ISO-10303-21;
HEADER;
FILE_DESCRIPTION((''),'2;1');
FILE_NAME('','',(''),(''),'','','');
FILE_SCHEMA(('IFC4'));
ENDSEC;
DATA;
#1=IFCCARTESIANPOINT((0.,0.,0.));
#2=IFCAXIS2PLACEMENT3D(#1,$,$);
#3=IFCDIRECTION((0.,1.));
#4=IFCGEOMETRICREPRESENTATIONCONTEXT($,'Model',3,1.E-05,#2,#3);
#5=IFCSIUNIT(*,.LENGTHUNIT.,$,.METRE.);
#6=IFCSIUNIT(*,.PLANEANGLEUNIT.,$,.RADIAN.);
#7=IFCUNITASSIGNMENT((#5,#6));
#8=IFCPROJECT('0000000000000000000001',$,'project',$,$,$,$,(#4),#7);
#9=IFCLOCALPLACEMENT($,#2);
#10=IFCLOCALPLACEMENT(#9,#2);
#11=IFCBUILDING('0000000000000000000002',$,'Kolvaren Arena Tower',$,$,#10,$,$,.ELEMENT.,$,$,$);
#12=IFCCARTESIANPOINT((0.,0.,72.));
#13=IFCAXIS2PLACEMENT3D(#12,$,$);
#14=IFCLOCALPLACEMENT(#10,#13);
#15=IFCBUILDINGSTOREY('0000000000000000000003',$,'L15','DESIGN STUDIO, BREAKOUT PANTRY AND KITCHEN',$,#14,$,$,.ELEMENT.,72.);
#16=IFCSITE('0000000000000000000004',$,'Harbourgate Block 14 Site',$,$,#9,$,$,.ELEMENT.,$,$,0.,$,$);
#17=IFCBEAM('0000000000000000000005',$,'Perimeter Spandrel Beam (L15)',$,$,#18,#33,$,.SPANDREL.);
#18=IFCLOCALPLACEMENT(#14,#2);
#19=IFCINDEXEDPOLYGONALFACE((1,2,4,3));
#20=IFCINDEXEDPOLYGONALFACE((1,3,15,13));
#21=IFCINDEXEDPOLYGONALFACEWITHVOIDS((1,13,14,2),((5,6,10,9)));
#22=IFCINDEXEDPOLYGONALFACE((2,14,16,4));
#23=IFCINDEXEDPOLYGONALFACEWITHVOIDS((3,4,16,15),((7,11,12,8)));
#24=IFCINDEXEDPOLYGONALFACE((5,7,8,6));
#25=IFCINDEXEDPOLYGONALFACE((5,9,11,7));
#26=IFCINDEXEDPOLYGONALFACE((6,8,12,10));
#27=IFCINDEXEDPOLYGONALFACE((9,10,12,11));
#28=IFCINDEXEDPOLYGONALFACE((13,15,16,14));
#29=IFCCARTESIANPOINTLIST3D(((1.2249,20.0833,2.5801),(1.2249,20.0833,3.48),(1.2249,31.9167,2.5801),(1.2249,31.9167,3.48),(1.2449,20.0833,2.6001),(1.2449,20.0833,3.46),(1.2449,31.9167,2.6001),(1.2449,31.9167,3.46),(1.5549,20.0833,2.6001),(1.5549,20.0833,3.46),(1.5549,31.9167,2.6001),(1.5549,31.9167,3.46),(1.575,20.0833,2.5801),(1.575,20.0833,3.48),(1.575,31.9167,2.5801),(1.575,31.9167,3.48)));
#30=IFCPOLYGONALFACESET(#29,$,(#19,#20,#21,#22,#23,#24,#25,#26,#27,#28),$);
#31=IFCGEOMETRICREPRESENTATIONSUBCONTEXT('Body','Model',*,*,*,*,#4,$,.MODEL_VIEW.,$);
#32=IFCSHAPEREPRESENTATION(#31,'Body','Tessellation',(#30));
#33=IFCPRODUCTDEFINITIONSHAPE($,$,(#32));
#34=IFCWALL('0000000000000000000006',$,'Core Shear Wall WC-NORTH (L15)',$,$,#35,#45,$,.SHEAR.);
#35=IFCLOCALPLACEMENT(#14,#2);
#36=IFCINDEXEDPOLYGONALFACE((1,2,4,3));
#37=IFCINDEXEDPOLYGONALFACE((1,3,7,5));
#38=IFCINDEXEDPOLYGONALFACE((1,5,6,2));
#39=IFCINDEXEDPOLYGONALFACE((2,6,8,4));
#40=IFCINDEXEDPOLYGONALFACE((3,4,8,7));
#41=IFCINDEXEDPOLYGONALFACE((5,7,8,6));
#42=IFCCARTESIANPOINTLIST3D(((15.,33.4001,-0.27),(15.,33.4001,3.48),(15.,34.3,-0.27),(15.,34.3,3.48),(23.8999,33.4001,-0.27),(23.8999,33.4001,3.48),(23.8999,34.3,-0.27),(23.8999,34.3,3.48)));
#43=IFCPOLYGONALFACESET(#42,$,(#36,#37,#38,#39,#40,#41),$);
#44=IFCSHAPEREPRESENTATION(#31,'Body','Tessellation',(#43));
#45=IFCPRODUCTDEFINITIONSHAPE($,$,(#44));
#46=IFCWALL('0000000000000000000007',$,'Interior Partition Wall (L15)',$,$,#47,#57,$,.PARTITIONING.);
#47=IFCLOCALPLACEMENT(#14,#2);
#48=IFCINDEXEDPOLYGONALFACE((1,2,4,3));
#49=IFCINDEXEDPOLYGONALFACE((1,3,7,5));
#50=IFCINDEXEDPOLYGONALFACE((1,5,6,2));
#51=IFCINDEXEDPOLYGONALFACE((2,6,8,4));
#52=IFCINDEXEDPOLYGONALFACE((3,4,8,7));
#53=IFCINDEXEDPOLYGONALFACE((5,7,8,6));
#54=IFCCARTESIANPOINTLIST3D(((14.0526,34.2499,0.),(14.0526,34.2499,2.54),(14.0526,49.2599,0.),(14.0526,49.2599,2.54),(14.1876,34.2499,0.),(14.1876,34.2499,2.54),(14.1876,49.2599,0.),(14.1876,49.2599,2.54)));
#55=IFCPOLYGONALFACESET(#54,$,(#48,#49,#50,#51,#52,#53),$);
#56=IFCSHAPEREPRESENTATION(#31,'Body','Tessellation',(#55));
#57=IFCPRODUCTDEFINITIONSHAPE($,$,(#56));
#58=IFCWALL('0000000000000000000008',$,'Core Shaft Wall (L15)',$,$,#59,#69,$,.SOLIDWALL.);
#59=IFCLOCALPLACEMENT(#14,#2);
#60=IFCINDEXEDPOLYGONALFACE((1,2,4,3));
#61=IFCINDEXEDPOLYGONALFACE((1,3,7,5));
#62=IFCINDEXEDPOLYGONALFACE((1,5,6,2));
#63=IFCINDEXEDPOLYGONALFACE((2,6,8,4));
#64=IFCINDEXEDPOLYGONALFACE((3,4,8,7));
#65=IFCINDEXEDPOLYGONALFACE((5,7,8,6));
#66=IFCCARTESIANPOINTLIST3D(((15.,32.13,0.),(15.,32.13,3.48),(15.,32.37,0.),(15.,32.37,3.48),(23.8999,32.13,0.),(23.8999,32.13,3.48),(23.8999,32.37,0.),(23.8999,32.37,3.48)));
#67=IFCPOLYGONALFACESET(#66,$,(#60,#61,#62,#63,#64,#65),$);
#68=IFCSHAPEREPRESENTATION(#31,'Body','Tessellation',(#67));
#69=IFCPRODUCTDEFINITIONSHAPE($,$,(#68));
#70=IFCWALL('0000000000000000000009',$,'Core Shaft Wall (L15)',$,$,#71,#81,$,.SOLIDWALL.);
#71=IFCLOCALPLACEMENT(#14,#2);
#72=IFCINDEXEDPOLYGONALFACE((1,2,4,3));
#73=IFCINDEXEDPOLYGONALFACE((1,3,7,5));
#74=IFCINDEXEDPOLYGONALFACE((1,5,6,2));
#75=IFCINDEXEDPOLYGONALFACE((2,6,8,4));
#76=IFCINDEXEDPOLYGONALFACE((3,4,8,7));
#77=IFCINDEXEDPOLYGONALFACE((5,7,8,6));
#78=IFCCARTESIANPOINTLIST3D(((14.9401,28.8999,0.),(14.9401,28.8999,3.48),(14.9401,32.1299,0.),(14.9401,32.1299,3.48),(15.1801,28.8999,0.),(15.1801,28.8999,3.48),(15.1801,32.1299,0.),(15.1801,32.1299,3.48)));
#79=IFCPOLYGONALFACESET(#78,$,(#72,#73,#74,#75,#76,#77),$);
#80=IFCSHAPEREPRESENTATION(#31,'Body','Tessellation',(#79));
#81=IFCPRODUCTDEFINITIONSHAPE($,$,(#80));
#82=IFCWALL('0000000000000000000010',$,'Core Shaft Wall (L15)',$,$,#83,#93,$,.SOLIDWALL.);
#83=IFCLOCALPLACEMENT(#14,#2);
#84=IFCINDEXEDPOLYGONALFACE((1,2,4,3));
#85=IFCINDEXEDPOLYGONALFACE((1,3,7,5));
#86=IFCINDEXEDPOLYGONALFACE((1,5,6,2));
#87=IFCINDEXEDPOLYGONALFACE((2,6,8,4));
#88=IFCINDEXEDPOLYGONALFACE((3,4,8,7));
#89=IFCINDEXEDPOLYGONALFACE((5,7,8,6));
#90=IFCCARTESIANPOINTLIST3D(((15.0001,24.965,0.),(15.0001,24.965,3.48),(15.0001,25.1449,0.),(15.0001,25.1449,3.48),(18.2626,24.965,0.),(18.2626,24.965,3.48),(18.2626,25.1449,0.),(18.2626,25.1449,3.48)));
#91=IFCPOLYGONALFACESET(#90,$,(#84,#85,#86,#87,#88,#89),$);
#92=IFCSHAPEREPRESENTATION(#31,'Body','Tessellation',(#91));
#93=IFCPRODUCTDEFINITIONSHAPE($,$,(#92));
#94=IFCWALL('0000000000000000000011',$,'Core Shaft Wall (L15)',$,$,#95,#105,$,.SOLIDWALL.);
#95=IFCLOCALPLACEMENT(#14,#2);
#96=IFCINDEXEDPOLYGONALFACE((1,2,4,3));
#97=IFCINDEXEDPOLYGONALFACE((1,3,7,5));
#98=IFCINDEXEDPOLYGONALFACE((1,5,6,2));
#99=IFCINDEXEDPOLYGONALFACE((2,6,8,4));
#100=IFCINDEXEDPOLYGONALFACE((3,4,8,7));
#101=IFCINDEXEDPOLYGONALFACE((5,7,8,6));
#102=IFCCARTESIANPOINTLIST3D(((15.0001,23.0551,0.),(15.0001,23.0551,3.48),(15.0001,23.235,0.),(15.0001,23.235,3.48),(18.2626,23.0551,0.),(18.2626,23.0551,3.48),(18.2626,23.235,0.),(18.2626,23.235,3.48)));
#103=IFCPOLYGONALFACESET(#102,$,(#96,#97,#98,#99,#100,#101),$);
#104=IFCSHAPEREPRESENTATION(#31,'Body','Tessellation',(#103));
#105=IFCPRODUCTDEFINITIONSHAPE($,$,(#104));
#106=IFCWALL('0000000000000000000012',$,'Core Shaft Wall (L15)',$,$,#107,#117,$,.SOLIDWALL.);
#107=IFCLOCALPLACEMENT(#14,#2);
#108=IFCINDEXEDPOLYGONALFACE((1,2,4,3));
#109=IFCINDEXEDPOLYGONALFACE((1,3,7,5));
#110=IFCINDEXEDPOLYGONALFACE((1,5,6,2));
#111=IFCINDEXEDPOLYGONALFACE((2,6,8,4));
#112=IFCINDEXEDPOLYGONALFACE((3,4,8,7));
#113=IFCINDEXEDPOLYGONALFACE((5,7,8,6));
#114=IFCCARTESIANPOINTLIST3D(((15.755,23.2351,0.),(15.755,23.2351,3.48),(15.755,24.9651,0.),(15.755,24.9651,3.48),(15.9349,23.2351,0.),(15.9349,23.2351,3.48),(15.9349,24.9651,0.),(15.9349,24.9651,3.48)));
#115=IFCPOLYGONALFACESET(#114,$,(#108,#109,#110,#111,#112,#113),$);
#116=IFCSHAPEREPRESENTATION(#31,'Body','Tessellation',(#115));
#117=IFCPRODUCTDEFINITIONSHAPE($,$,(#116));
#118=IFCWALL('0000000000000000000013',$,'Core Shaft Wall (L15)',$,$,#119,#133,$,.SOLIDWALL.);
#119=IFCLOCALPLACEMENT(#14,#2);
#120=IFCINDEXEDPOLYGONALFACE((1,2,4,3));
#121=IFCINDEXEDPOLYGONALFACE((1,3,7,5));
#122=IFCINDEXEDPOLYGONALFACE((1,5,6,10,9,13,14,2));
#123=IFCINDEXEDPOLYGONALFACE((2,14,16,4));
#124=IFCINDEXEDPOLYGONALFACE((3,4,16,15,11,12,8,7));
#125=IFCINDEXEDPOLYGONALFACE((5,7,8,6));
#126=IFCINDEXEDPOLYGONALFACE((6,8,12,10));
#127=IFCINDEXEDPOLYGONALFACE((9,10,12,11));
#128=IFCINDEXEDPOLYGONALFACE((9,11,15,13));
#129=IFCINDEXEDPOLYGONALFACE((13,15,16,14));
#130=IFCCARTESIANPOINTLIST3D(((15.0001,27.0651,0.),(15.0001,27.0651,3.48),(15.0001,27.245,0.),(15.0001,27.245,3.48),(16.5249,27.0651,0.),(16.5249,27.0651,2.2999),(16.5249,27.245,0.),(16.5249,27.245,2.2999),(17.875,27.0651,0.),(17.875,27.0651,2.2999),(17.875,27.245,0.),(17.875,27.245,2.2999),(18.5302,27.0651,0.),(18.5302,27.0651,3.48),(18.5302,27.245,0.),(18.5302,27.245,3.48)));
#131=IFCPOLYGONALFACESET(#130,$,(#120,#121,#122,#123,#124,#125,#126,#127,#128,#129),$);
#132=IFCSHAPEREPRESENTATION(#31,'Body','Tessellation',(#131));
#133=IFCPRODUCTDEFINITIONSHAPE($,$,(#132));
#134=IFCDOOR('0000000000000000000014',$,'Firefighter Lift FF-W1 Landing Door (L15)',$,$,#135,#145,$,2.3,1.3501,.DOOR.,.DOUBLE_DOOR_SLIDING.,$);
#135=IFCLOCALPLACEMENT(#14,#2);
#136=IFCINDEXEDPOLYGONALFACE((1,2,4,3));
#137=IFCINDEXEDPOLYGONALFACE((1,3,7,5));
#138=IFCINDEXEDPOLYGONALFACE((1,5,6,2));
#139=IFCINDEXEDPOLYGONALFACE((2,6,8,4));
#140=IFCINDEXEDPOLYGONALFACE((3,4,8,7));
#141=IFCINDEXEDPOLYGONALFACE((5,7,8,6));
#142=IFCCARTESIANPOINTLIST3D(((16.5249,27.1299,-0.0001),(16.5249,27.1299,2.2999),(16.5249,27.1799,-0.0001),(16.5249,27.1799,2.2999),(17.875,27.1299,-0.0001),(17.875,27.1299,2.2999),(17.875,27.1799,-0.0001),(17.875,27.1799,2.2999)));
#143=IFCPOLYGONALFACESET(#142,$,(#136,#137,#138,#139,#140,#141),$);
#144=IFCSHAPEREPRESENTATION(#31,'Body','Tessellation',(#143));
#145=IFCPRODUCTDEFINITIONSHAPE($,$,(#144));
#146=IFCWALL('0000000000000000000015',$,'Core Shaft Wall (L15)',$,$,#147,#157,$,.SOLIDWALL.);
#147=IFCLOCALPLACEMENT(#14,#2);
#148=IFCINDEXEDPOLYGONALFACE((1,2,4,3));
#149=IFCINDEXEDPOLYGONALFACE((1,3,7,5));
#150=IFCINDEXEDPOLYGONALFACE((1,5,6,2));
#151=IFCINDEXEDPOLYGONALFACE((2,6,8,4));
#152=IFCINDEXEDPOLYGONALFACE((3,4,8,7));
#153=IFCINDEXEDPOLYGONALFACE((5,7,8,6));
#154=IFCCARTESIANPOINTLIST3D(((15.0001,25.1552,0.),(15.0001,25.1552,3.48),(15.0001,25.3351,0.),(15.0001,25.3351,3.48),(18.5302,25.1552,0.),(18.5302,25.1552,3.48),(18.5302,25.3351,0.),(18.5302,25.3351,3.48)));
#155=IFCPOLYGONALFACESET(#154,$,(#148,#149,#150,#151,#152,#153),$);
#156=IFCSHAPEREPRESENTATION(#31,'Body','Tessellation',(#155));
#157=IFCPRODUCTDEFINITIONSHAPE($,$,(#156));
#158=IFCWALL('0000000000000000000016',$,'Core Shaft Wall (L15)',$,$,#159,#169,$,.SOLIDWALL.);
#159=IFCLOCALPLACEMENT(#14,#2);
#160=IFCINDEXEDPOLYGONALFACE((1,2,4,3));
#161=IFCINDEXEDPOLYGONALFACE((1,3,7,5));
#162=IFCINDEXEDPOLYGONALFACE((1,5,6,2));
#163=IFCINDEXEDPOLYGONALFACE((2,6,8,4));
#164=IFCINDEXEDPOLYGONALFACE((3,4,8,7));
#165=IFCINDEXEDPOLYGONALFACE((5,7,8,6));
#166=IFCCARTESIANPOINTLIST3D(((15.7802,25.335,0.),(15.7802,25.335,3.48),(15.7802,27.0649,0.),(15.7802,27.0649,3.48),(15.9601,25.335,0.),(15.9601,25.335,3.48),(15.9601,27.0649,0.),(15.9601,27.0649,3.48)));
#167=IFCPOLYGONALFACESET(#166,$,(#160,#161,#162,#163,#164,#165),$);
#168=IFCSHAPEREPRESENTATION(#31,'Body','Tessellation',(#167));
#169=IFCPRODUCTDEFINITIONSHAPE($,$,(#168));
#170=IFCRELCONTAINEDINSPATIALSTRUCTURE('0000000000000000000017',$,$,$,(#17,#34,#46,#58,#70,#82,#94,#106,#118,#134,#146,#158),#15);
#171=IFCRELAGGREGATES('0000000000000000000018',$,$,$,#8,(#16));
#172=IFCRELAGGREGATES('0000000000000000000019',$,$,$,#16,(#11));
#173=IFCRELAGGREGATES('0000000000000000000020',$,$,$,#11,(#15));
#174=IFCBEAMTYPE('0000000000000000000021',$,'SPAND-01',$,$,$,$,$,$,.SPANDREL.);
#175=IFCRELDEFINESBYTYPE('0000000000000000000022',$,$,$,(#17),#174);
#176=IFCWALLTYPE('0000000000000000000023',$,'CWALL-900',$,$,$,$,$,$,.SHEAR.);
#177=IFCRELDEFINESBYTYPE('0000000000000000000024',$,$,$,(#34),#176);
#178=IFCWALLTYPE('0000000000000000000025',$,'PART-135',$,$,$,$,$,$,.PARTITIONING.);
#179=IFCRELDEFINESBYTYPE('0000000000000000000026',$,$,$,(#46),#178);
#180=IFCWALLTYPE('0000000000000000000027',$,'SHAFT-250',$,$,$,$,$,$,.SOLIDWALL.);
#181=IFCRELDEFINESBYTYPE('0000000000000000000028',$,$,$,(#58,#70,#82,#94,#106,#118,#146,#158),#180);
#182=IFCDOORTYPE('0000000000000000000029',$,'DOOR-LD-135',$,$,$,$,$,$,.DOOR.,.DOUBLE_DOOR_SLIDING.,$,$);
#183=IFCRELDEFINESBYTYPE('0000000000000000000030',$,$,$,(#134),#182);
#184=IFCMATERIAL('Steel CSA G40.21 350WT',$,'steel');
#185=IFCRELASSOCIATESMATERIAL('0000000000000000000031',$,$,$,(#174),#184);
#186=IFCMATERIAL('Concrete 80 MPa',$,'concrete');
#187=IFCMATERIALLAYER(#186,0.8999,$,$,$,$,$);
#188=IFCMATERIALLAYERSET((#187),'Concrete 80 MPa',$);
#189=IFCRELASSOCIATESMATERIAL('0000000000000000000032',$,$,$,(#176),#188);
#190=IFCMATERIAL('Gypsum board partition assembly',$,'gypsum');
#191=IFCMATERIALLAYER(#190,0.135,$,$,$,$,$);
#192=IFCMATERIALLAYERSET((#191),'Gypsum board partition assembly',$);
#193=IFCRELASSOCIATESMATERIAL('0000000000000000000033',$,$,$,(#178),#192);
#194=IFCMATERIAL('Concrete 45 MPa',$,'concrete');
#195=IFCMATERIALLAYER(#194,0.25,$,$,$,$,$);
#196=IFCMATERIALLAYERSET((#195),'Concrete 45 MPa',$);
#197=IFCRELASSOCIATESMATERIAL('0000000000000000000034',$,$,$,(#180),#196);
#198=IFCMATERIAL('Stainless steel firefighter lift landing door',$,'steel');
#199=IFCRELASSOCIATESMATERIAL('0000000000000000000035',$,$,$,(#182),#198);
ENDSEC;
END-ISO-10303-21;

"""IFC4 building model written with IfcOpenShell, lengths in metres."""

from ifc_helpers import new_model, si_unit, direction, frame, frame_2d, origin, origin_2d, place, context, subcontext, project, spatial, rectangle, hollow_rectangle, extrude, material, layer, layer_set, material_profile, profile_set, type_object, element, fill, save


model = new_model("IFC4")

# Units and contexts
model_context = context("Model", 3, precision=1e-05, world=origin(), true_north=direction((0.0, 1.0)))
body_context = subcontext(model_context, "Body", "Model", "MODEL_VIEW")
ifc_project = project(units=[si_unit("LENGTHUNIT", "METRE"), si_unit("PLANEANGLEUNIT", "RADIAN")], contexts=[model_context])

# Site, building, storey
site_placement = place(None, origin())
site = spatial("IfcSite", under=ifc_project, at=site_placement, Name="Harbourgate Block 14 Site", CompositionType="ELEMENT", RefElevation=0.0)
building_placement = place(site_placement, origin())
building = spatial("IfcBuilding", under=site, at=building_placement, Name="Kolvaren Arena Tower", CompositionType="ELEMENT")
storey_placement = place(building_placement, frame((0.0, 0.0, 72.0)))
storey = spatial("IfcBuildingStorey", under=building, at=storey_placement, Name="L15", Description="DESIGN STUDIO, BREAKOUT PANTRY AND KITCHEN", CompositionType="ELEMENT", Elevation=72.0)

# Beam
ifc_material_1 = material(Name="Steel CSA G40.21 350WT", Category="steel")
ifc_material_profile_1 = material_profile(ifc_material_1, hollow_rectangle(XDim=0.3501, YDim=0.8999, WallThickness=0.02, at=origin_2d()), Name="HSS 900x350x20")
ifc_profile_set_1 = profile_set([ifc_material_profile_1], Name="Steel CSA G40.21 350WT")
beam_type_1 = type_object("IfcBeamType", Name="SPAND-01", PredefinedType="SPANDREL", material=ifc_profile_set_1)
beam_1_placement = place(storey_placement, frame((1.3999, 31.9167, 3.03), z_axis=(0.0, -1.0, 0.0), x_axis=(1.0, 0.0, 0.0)))
element("IfcBeam", 1, at=beam_1_placement, inside=storey, type_object=beam_type_1, Name="Perimeter Spandrel Beam (L15)", PredefinedType="SPANDREL", context=body_context, shape_type="SweptSolid", body=[
    extrude(hollow_rectangle(XDim=0.3501, YDim=0.8999, WallThickness=0.02, at=origin_2d()), origin(), (0.0, 0.0, 1.0), 11.8335),
])

# Walls
ifc_material_2 = material(Name="Concrete 80 MPa", Category="concrete")
ifc_layer_1 = layer(ifc_material_2, 0.8999)
ifc_layer_set_1 = layer_set([ifc_layer_1], Name="Concrete 80 MPa")
wall_type_1 = type_object("IfcWallType", Name="CWALL-900", PredefinedType="SHEAR", material=ifc_layer_set_1)
wall_1_placement = place(storey_placement, frame((15.0, 33.8501, -0.27), z_axis=(0.0, 0.0, 1.0), x_axis=(1.0, 0.0, 0.0)))
element("IfcWall", 2, at=wall_1_placement, inside=storey, type_object=wall_type_1, Name="Core Shear Wall WC-NORTH (L15)", PredefinedType="SHEAR", context=body_context, shape_type="SweptSolid", body=[
    extrude(rectangle(XDim=8.8999, YDim=0.8999, at=frame_2d((4.45, 0.0))), origin(), (0.0, 0.0, 1.0), 3.75),
])
ifc_material_3 = material(Name="Gypsum board partition assembly", Category="gypsum")
ifc_layer_2 = layer(ifc_material_3, 0.135)
ifc_layer_set_2 = layer_set([ifc_layer_2], Name="Gypsum board partition assembly")
wall_type_2 = type_object("IfcWallType", Name="PART-135", PredefinedType="PARTITIONING", material=ifc_layer_set_2)
wall_2_placement = place(storey_placement, frame((14.1201, 34.25, 0.0), z_axis=(0.0, 0.0, 1.0), x_axis=(0.0, 1.0, 0.0)))
element("IfcWall", 3, at=wall_2_placement, inside=storey, type_object=wall_type_2, Name="Interior Partition Wall (L15)", PredefinedType="PARTITIONING", context=body_context, shape_type="SweptSolid", body=[
    extrude(rectangle(XDim=15.01, YDim=0.135, at=frame_2d((7.5049, 0.0))), origin(), (0.0, 0.0, 1.0), 2.54),
])
ifc_material_4 = material(Name="Concrete 45 MPa", Category="concrete")
ifc_layer_3 = layer(ifc_material_4, 0.25)
ifc_layer_set_3 = layer_set([ifc_layer_3], Name="Concrete 45 MPa")
wall_type_3 = type_object("IfcWallType", Name="SHAFT-250", PredefinedType="SOLIDWALL", material=ifc_layer_set_3)
wall_3_placement = place(storey_placement, frame((15.0, 32.25, 0.0), z_axis=(0.0, 0.0, 1.0), x_axis=(1.0, 0.0, 0.0)))
element("IfcWall", 4, at=wall_3_placement, inside=storey, type_object=wall_type_3, Name="Core Shaft Wall (L15)", PredefinedType="SOLIDWALL", context=body_context, shape_type="SweptSolid", body=[
    extrude(rectangle(XDim=8.8999, YDim=0.24, at=frame_2d((4.45, 0.0))), origin(), (0.0, 0.0, 1.0), 3.48),
])
wall_4_placement = place(storey_placement, frame((15.0601, 28.8999, 0.0), z_axis=(0.0, 0.0, 1.0), x_axis=(0.0, 1.0, 0.0)))
element("IfcWall", 5, at=wall_4_placement, inside=storey, type_object=wall_type_3, Name="Core Shaft Wall (L15)", PredefinedType="SOLIDWALL", context=body_context, shape_type="SweptSolid", body=[
    extrude(rectangle(XDim=3.23, YDim=0.24, at=frame_2d((1.615, 0.0))), origin(), (0.0, 0.0, 1.0), 3.48),
])
for number, where, z_axis, x_axis, name in (
    (6, (15.0, 25.0549, 0.0), (0.0, 0.0, 1.0), (1.0, 0.0, 0.0), "Core Shaft Wall (L15)"),
    (7, (15.0, 23.145, 0.0), (0.0, 0.0, 1.0), (1.0, 0.0, 0.0), "Core Shaft Wall (L15)"),
):
    element("IfcWall", number, at=place(storey_placement, frame(where, z_axis=z_axis, x_axis=x_axis)), inside=storey, type_object=wall_type_3, Name=name, PredefinedType="SOLIDWALL", context=body_context, shape_type="SweptSolid", body=[
        extrude(rectangle(XDim=3.2625, YDim=0.1799, at=frame_2d((1.6313, 0.0))), origin(), (0.0, 0.0, 1.0), 3.48),
    ])
wall_5_placement = place(storey_placement, frame((15.845, 23.2351, 0.0), z_axis=(0.0, 0.0, 1.0), x_axis=(0.0, 1.0, 0.0)))
element("IfcWall", 8, at=wall_5_placement, inside=storey, type_object=wall_type_3, Name="Core Shaft Wall (L15)", PredefinedType="SOLIDWALL", context=body_context, shape_type="SweptSolid", body=[
    extrude(rectangle(XDim=1.73, YDim=0.1799, at=frame_2d((0.865, 0.0))), origin(), (0.0, 0.0, 1.0), 3.48),
])

# Wall, opening, door
wall_6_placement = place(storey_placement, frame((15.0, 27.155, 0.0), z_axis=(0.0, 0.0, 1.0), x_axis=(1.0, 0.0, 0.0)))
wall_6 = element("IfcWall", 9, at=wall_6_placement, inside=storey, type_object=wall_type_3, Name="Core Shaft Wall (L15)", PredefinedType="SOLIDWALL", context=body_context, shape_type="SweptSolid", body=[
    extrude(rectangle(XDim=3.53, YDim=0.1799, at=frame_2d((1.7651, 0.0))), origin(), (0.0, 0.0, 1.0), 3.48),
])
opening_placement = place(wall_6_placement, frame((1.5249, 0.0, 0.0)))
opening = element("IfcOpeningElement", 10, at=opening_placement, cuts=wall_6, PredefinedType="OPENING", context=body_context, shape_type="SweptSolid", body=[
    extrude(rectangle(XDim=1.3501, YDim=2.3, at=frame_2d((0.675, 1.1499))), frame((0.0, 0.0999, 0.0), z_axis=(0.0, -1.0, 0.0), x_axis=(1.0, 0.0, 0.0)), (0.0, 0.0, 1.0), 0.2),
])
ifc_material_5 = material(Name="Stainless steel firefighter lift landing door", Category="steel")
door_type = type_object("IfcDoorType", Name="DOOR-LD-135", OperationType="DOUBLE_DOOR_SLIDING", PredefinedType="DOOR", material=ifc_material_5)
door_placement = place(opening_placement, origin())
door = element("IfcDoor", 11, at=door_placement, inside=storey, type_object=door_type, Name="Firefighter Lift FF-W1 Landing Door (L15)", OperationType="DOUBLE_DOOR_SLIDING", OverallHeight=2.3, OverallWidth=1.3501, PredefinedType="DOOR", context=body_context, shape_type="SweptSolid", body=[
    extrude(rectangle(XDim=1.3501, YDim=2.3, at=frame_2d((0.675, 1.1499))), frame((0.0, 0.0249, 0.0), z_axis=(0.0, -1.0, 0.0), x_axis=(1.0, 0.0, 0.0)), (0.0, 0.0, 1.0), 0.05),
])
fill(opening, door)

# Walls
wall_7_placement = place(storey_placement, frame((15.0, 25.2451, 0.0), z_axis=(0.0, 0.0, 1.0), x_axis=(1.0, 0.0, 0.0)))
element("IfcWall", 12, at=wall_7_placement, inside=storey, type_object=wall_type_3, Name="Core Shaft Wall (L15)", PredefinedType="SOLIDWALL", context=body_context, shape_type="SweptSolid", body=[
    extrude(rectangle(XDim=3.53, YDim=0.1799, at=frame_2d((1.7651, 0.0))), origin(), (0.0, 0.0, 1.0), 3.48),
])
wall_8_placement = place(storey_placement, frame((15.8701, 25.335, 0.0), z_axis=(0.0, 0.0, 1.0), x_axis=(0.0, 1.0, 0.0)))
element("IfcWall", 13, at=wall_8_placement, inside=storey, type_object=wall_type_3, Name="Core Shaft Wall (L15)", PredefinedType="SOLIDWALL", context=body_context, shape_type="SweptSolid", body=[
    extrude(rectangle(XDim=1.73, YDim=0.1799, at=frame_2d((0.865, 0.0))), origin(), (0.0, 0.0, 1.0), 3.48),
])

save(model, "model.ifc")
